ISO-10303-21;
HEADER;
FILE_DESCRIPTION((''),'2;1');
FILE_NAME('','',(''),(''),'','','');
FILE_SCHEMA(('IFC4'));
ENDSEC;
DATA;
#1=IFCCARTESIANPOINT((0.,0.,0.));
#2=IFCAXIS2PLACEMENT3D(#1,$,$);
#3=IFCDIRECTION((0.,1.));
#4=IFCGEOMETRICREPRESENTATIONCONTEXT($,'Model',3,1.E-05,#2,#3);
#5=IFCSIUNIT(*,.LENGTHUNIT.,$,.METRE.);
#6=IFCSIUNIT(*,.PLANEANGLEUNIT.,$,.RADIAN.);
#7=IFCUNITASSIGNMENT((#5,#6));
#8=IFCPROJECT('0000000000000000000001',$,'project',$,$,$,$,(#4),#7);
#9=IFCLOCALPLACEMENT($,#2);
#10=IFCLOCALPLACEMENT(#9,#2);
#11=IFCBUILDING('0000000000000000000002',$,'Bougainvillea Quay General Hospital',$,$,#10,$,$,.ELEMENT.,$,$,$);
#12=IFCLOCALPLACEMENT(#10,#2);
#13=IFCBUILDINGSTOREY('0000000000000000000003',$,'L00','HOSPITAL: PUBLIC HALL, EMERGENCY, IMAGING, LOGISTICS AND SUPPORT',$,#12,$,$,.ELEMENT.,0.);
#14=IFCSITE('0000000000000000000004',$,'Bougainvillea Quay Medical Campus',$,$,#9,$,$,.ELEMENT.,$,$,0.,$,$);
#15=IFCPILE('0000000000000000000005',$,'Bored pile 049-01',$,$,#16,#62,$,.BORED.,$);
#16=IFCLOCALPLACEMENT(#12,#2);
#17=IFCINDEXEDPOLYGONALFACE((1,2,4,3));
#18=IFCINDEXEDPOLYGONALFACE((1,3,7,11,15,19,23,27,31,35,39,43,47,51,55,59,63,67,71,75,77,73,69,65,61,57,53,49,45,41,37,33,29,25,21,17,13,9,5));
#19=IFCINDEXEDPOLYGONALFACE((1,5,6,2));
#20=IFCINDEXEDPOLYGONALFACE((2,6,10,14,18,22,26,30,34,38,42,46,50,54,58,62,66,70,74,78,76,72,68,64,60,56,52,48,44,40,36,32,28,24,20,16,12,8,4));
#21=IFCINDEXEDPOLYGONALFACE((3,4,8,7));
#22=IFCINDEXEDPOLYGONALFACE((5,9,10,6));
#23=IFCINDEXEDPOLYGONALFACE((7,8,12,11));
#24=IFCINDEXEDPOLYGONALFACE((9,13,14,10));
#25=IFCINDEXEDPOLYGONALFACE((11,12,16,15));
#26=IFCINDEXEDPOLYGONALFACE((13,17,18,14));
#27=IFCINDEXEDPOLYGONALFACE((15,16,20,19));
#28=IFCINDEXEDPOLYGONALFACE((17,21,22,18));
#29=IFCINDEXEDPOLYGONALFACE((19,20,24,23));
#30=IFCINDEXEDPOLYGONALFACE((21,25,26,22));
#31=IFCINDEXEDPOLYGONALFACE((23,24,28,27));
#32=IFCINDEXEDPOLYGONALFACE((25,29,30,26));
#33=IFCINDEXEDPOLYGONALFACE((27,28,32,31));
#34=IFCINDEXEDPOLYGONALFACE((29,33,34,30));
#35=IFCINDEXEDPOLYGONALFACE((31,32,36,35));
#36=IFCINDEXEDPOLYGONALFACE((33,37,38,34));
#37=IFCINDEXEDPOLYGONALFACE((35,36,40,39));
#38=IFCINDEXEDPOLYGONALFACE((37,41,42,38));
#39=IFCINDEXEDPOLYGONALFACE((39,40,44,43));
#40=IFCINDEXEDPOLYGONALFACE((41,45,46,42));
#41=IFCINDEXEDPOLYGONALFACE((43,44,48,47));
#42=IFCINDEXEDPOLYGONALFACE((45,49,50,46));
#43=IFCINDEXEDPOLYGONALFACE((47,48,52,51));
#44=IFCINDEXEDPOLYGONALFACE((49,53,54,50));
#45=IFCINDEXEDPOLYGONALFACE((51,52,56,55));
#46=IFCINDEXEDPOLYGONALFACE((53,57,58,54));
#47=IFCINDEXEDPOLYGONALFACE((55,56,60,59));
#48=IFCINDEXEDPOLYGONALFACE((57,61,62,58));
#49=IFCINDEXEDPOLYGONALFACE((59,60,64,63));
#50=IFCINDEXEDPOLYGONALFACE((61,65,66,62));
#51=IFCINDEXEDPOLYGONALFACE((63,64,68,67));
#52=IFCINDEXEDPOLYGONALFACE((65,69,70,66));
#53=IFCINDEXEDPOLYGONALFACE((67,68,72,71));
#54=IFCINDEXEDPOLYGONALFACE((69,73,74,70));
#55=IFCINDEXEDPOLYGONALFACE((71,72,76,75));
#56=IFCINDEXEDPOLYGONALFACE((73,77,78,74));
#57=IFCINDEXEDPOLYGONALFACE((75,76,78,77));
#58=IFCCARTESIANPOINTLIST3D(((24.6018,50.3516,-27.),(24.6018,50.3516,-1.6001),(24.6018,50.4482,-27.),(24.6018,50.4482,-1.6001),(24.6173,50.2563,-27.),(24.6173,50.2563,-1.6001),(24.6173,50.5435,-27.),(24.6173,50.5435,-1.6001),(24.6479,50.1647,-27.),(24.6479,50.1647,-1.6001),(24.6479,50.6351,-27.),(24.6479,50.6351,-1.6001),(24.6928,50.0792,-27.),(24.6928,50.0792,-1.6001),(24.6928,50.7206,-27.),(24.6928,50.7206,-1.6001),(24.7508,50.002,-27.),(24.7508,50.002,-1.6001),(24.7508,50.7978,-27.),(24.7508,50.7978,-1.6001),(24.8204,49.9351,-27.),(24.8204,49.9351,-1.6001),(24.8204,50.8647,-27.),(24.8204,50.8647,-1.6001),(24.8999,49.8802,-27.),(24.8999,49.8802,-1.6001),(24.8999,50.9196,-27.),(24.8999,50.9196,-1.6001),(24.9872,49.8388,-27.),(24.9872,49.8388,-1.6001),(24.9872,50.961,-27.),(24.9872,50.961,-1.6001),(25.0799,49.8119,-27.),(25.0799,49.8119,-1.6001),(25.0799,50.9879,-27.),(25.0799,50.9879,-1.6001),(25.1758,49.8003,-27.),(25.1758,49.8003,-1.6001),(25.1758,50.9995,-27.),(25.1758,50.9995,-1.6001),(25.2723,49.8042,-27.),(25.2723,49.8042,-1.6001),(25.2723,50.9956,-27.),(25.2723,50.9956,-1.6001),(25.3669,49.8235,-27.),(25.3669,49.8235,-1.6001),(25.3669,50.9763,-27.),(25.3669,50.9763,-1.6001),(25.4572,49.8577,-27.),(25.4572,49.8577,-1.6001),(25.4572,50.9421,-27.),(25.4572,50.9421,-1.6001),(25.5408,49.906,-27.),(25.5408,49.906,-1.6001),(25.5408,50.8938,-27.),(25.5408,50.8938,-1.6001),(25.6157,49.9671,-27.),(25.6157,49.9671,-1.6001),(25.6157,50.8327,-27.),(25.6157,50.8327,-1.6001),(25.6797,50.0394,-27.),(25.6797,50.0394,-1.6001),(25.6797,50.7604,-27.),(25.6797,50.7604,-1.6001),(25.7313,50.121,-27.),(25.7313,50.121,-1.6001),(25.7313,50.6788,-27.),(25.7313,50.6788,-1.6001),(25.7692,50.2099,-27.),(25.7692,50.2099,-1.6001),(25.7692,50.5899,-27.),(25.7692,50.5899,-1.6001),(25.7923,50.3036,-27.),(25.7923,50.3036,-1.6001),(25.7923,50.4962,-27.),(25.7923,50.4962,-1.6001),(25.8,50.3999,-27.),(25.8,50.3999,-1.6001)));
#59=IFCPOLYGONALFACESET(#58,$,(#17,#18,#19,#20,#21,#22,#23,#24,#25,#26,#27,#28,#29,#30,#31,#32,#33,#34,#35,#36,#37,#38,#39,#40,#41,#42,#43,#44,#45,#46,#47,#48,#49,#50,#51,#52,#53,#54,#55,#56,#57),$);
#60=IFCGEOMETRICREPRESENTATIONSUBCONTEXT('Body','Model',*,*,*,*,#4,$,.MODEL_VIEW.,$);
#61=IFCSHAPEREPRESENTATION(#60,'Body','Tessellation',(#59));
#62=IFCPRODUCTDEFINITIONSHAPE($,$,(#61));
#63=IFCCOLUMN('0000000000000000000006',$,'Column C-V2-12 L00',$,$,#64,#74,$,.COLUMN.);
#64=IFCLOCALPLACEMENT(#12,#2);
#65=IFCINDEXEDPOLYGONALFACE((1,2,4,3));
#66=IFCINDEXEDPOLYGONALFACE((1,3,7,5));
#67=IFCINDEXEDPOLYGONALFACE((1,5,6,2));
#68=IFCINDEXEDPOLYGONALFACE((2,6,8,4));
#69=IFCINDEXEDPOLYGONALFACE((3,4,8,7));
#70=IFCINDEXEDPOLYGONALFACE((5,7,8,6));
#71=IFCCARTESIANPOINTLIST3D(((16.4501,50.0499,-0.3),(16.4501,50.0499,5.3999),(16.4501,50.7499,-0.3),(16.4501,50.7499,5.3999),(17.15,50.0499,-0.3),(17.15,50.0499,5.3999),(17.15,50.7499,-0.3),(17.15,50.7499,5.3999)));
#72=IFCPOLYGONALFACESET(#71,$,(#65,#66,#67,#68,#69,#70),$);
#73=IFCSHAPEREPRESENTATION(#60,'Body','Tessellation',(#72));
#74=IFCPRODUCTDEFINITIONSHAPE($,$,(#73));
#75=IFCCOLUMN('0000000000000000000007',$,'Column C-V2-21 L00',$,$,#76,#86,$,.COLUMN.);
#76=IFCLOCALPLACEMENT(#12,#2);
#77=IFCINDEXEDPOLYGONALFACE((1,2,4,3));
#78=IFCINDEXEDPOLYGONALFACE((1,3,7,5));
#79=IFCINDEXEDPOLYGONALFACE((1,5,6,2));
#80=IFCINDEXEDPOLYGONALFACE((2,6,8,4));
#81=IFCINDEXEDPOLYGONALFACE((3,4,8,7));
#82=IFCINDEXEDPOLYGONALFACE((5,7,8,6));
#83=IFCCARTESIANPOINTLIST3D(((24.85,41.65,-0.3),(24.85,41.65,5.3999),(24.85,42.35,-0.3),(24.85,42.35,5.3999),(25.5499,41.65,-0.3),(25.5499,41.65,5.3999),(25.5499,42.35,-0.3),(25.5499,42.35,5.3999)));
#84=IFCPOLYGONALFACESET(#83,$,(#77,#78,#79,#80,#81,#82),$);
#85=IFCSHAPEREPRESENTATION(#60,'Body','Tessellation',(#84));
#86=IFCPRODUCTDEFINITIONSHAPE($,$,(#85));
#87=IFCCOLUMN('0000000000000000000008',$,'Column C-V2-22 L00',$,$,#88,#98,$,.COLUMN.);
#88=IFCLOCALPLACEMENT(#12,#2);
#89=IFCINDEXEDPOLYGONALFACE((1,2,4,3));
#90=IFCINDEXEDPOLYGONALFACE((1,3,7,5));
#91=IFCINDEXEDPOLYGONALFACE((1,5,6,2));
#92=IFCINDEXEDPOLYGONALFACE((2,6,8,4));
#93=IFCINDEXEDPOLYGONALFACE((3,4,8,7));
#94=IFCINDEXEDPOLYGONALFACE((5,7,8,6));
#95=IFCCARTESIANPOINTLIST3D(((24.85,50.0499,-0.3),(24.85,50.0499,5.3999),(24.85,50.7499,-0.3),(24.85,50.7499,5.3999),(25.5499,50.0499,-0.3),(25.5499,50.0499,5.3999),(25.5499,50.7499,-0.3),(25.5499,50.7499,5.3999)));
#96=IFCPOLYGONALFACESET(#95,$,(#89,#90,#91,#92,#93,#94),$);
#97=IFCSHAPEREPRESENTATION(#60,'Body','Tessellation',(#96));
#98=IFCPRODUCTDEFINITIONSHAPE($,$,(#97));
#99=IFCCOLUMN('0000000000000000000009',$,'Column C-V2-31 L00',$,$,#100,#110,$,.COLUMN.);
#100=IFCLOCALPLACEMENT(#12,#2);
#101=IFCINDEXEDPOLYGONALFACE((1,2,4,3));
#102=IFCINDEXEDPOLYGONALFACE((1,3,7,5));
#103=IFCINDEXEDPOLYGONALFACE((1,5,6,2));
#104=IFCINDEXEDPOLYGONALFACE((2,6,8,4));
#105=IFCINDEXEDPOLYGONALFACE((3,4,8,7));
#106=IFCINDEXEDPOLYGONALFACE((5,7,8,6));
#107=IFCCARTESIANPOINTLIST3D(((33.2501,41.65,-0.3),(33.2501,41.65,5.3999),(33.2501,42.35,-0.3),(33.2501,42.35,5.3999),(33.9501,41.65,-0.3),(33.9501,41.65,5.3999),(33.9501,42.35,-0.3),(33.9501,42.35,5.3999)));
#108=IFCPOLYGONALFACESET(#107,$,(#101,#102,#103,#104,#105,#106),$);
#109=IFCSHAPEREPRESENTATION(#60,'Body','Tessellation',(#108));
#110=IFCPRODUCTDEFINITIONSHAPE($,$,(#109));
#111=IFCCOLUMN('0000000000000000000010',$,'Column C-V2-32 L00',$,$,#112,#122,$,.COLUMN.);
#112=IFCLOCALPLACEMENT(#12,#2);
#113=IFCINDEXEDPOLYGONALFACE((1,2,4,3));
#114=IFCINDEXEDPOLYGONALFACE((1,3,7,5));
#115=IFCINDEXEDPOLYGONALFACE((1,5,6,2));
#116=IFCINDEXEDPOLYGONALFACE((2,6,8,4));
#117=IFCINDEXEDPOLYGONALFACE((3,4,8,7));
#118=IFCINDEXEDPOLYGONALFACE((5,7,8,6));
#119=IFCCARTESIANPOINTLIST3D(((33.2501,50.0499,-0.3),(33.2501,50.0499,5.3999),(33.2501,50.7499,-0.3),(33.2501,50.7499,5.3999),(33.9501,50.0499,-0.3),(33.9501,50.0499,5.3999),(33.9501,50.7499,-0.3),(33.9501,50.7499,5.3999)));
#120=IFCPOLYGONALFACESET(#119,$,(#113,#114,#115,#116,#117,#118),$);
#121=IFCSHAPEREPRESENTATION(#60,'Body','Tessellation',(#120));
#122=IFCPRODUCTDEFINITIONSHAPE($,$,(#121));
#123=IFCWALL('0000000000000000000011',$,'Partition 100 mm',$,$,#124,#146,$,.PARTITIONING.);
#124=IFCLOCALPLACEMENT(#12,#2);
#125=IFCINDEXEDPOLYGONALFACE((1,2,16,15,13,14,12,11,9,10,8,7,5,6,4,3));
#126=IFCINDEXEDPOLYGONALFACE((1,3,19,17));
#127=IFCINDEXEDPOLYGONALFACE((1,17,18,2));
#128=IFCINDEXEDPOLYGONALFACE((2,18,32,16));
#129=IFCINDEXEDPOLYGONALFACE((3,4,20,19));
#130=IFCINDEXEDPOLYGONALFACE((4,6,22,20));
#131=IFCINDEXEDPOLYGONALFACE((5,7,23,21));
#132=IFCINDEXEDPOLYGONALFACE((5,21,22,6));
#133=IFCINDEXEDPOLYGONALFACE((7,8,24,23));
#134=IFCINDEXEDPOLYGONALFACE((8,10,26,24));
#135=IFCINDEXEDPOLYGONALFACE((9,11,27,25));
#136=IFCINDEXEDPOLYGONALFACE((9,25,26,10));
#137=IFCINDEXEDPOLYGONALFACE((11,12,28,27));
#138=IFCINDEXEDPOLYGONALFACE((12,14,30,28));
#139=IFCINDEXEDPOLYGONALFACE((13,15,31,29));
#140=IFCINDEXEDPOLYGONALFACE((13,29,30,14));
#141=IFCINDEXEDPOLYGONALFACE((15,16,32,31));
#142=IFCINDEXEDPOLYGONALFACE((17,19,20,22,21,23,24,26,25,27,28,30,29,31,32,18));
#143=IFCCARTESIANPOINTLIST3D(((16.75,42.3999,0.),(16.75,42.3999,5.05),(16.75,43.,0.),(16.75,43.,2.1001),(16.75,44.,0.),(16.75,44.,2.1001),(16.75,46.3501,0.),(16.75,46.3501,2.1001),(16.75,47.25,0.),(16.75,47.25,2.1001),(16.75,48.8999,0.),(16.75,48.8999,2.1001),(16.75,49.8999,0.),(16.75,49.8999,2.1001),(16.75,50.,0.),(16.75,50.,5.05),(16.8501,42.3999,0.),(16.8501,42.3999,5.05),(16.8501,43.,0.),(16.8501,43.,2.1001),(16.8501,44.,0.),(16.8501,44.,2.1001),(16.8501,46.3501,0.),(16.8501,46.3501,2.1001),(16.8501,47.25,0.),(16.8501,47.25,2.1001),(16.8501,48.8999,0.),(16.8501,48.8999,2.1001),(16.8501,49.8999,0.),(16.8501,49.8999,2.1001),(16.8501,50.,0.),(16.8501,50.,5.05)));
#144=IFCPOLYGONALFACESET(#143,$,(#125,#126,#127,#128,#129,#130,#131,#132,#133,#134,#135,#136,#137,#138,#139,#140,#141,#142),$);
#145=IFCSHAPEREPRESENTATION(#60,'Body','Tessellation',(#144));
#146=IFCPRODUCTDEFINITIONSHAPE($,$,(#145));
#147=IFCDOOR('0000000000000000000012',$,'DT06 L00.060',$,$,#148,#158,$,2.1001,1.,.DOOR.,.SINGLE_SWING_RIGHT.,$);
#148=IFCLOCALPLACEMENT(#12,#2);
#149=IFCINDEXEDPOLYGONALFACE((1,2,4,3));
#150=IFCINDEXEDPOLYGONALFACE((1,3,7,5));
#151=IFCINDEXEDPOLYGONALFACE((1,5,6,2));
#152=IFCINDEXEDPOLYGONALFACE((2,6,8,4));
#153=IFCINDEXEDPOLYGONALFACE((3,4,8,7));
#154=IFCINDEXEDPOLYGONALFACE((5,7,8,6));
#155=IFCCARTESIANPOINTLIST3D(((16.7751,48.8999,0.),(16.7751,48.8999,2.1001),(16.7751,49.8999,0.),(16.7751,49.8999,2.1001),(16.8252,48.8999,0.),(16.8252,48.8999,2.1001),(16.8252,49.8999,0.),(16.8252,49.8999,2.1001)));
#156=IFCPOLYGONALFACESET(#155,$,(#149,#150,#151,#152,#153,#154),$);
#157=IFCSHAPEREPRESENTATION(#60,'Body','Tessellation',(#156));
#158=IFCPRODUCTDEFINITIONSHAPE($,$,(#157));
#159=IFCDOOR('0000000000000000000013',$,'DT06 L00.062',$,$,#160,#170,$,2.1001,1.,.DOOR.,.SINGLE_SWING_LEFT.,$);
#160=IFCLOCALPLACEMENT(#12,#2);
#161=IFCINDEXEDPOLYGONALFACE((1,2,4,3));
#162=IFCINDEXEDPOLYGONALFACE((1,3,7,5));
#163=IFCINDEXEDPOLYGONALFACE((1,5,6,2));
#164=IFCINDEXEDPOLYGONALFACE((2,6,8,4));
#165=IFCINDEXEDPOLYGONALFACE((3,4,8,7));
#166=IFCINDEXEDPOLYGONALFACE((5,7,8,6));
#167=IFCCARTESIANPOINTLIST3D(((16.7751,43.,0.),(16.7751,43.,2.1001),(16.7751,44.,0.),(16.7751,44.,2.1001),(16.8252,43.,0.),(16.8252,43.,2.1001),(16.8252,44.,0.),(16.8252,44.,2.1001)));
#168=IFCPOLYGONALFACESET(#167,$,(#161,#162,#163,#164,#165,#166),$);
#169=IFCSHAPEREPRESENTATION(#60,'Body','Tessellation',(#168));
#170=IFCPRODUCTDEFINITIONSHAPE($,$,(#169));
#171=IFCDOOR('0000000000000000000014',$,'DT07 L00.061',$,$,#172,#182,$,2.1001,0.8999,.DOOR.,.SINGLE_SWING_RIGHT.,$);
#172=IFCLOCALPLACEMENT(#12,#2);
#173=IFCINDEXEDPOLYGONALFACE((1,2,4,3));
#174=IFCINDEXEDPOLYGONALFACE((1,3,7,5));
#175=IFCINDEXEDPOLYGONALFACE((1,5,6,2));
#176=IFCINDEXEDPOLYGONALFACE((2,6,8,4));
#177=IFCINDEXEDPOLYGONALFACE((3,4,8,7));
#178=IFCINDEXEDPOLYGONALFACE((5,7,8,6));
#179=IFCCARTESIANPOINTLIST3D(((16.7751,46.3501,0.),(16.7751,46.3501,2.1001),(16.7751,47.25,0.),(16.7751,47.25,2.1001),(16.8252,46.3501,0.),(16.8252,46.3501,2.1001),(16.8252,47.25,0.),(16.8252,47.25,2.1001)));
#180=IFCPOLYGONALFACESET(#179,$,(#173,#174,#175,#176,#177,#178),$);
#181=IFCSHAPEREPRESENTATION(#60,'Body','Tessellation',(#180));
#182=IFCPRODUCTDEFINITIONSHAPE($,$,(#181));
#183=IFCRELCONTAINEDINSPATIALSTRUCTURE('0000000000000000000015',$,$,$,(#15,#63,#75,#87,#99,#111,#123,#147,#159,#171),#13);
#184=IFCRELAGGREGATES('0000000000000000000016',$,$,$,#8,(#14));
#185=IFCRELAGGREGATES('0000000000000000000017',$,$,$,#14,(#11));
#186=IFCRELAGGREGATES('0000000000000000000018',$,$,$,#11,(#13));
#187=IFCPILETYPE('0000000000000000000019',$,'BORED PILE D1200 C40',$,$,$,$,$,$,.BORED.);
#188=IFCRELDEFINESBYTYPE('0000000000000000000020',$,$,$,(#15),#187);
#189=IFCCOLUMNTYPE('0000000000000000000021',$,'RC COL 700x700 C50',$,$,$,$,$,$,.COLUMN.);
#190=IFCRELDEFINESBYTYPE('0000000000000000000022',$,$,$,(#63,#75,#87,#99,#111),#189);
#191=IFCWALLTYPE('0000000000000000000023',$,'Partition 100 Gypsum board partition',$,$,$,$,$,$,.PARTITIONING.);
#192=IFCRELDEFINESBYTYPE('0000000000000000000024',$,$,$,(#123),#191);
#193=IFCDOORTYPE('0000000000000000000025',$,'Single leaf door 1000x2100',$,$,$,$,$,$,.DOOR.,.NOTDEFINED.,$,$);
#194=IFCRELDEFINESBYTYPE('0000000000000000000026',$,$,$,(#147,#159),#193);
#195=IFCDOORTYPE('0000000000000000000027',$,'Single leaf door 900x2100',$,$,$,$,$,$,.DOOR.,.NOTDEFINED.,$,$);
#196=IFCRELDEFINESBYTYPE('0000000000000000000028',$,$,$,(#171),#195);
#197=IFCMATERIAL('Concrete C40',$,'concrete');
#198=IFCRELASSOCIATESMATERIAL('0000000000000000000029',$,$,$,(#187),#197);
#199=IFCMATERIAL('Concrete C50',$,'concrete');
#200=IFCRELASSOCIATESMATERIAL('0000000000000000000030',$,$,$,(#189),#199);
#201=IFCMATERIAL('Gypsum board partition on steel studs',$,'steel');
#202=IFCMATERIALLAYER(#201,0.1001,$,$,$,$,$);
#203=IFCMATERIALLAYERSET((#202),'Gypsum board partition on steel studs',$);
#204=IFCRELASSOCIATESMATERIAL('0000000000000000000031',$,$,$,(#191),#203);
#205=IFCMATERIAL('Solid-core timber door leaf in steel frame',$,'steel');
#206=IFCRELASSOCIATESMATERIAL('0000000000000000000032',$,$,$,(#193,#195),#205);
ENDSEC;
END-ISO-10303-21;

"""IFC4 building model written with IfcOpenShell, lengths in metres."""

from ifc_helpers import new_model, si_unit, direction, frame, frame_2d, origin, origin_2d, place, context, subcontext, project, spatial, rectangle, circle, extrude, material, layer, layer_set, material_profile, profile_set, type_object, element, fill, save


model = new_model("IFC4")

# Units and contexts
model_context = context("Model", 3, precision=1e-05, world=origin(), true_north=direction((0.0, 1.0)))
body_context = subcontext(model_context, "Body", "Model", "MODEL_VIEW")
ifc_project = project(units=[si_unit("LENGTHUNIT", "METRE"), si_unit("PLANEANGLEUNIT", "RADIAN")], contexts=[model_context])

# Site, building, storey
site_placement = place(None, origin())
site = spatial("IfcSite", under=ifc_project, at=site_placement, Name="Bougainvillea Quay Medical Campus", CompositionType="ELEMENT", RefElevation=0.0)
building_placement = place(site_placement, origin())
building = spatial("IfcBuilding", under=site, at=building_placement, Name="Bougainvillea Quay General Hospital", CompositionType="ELEMENT")
storey_placement = place(building_placement, origin())
storey = spatial("IfcBuildingStorey", under=building, at=storey_placement, Name="L00", Description="HOSPITAL: PUBLIC HALL, EMERGENCY, IMAGING, LOGISTICS AND SUPPORT", CompositionType="ELEMENT", Elevation=0.0)

# Pile
ifc_material_1 = material(Name="Concrete C40", Category="concrete")
ifc_material_profile_1 = material_profile(ifc_material_1, circle(Radius=0.6001, at=origin_2d()))
ifc_profile_set_1 = profile_set([ifc_material_profile_1], Name="Concrete C40")
pile_type = type_object("IfcPileType", Name="BORED PILE D1200 C40", PredefinedType="BORED", material=ifc_profile_set_1)
for number, where, z_axis, x_axis, name in (
    (1, (25.2, 50.3999, -1.6001), (0.0, 0.0, -1.0), (1.0, 0.0, 0.0), "Bored pile 049-01"),
):
    element("IfcPile", number, at=place(storey_placement, frame(where, z_axis=z_axis, x_axis=x_axis)), inside=storey, type_object=pile_type, Name=name, PredefinedType="BORED", context=body_context, shape_type="SweptSolid", body=[
        extrude(circle(Radius=0.6001, at=origin_2d()), origin(), (0.0, 0.0, 1.0), 25.3999),
    ])

# Columns
ifc_material_2 = material(Name="Concrete C50", Category="concrete")
ifc_material_profile_2 = material_profile(ifc_material_2, rectangle(XDim=0.7, YDim=0.7, at=origin_2d()))
ifc_profile_set_2 = profile_set([ifc_material_profile_2], Name="Concrete C50")
column_type = type_object("IfcColumnType", Name="RC COL 700x700 C50", PredefinedType="COLUMN", material=ifc_profile_set_2)
for number, where, z_axis, x_axis, name in (
    (2, (16.8, 50.3999, -0.3), (0.0, 0.0, 1.0), (1.0, 0.0, 0.0), "Column C-V2-12 L00"),
    (3, (25.2, 42.0, -0.3), (0.0, 0.0, 1.0), (1.0, 0.0, 0.0), "Column C-V2-21 L00"),
    (4, (25.2, 50.3999, -0.3), (0.0, 0.0, 1.0), (1.0, 0.0, 0.0), "Column C-V2-22 L00"),
    (5, (33.6001, 42.0, -0.3), (0.0, 0.0, 1.0), (1.0, 0.0, 0.0), "Column C-V2-31 L00"),
    (6, (33.6001, 50.3999, -0.3), (0.0, 0.0, 1.0), (1.0, 0.0, 0.0), "Column C-V2-32 L00"),
):
    element("IfcColumn", number, at=place(storey_placement, frame(where, z_axis=z_axis, x_axis=x_axis)), inside=storey, type_object=column_type, Name=name, PredefinedType="COLUMN", context=body_context, shape_type="SweptSolid", body=[
        extrude(rectangle(XDim=0.7, YDim=0.7, at=origin_2d()), origin(), (0.0, 0.0, 1.0), 5.7),
    ])

# Wall, openings, doors
ifc_material_3 = material(Name="Gypsum board partition on steel studs", Category="steel")
ifc_layer = layer(ifc_material_3, 0.1001)
ifc_layer_set = layer_set([ifc_layer], Name="Gypsum board partition on steel studs")
wall_type = type_object("IfcWallType", Name="Partition 100 Gypsum board partition", PredefinedType="PARTITIONING", material=ifc_layer_set)
wall_1_placement = place(storey_placement, frame((16.8, 50.0, 0.0), z_axis=(0.0, 0.0, 1.0), x_axis=(0.0, -1.0, 0.0)))
wall_1 = element("IfcWall", 7, at=wall_1_placement, inside=storey, type_object=wall_type, Name="Partition 100 mm", PredefinedType="PARTITIONING", context=body_context, shape_type="SweptSolid", body=[
    extrude(rectangle(XDim=7.6001, YDim=0.1001, at=frame_2d((3.8, 0.0))), origin(), (0.0, 0.0, 1.0), 5.05),
])
opening_1_placement = place(wall_1_placement, frame((0.1001, 0.0, 0.0)))
opening_1 = element("IfcOpeningElement", 8, at=opening_1_placement, cuts=wall_1, PredefinedType="OPENING", context=body_context, shape_type="SweptSolid", body=[
    extrude(rectangle(XDim=1.0, YDim=2.1001, at=frame_2d((0.5, 1.05))), frame((0.0, 0.0601, 0.0), z_axis=(0.0, -1.0, 0.0), x_axis=(1.0, 0.0, 0.0)), (0.0, 0.0, 1.0), 0.1201),
])
opening_2_placement = place(wall_1_placement, frame((2.75, 0.0, 0.0)))
opening_2 = element("IfcOpeningElement", 9, at=opening_2_placement, cuts=wall_1, PredefinedType="OPENING", context=body_context, shape_type="SweptSolid", body=[
    extrude(rectangle(XDim=0.8999, YDim=2.1001, at=frame_2d((0.45, 1.05))), frame((0.0, 0.0601, 0.0), z_axis=(0.0, -1.0, 0.0), x_axis=(1.0, 0.0, 0.0)), (0.0, 0.0, 1.0), 0.1201),
])
opening_3_placement = place(wall_1_placement, frame((6.0, 0.0, 0.0)))
opening_3 = element("IfcOpeningElement", 10, at=opening_3_placement, cuts=wall_1, PredefinedType="OPENING", context=body_context, shape_type="SweptSolid", body=[
    extrude(rectangle(XDim=1.0, YDim=2.1001, at=frame_2d((0.5, 1.05))), frame((0.0, 0.0601, 0.0), z_axis=(0.0, -1.0, 0.0), x_axis=(1.0, 0.0, 0.0)), (0.0, 0.0, 1.0), 0.1201),
])
ifc_material_4 = material(Name="Solid-core timber door leaf in steel frame", Category="steel")
door_type_1 = type_object("IfcDoorType", Name="Single leaf door 1000x2100", OperationType="NOTDEFINED", PredefinedType="DOOR", material=ifc_material_4)
door_1_placement = place(opening_1_placement, frame((1.0, 0.0, 0.0), z_axis=(0.0, 0.0, 1.0), x_axis=(-1.0, 0.0, 0.0)))
door_1 = element("IfcDoor", 11, at=door_1_placement, inside=storey, type_object=door_type_1, Name="DT06 L00.060", OperationType="SINGLE_SWING_RIGHT", OverallHeight=2.1001, OverallWidth=1.0, PredefinedType="DOOR", context=body_context, shape_type="SweptSolid", body=[
    extrude(rectangle(XDim=1.0, YDim=2.1001, at=frame_2d((0.5, 1.05))), frame((0.0, 0.0249, 0.0), z_axis=(0.0, -1.0, 0.0), x_axis=(1.0, 0.0, 0.0)), (0.0, 0.0, 1.0), 0.05),
])
fill(opening_1, door_1)
door_2_placement = place(opening_3_placement, frame((1.0, 0.0, 0.0), z_axis=(0.0, 0.0, 1.0), x_axis=(-1.0, 0.0, 0.0)))
door_2 = element("IfcDoor", 12, at=door_2_placement, inside=storey, type_object=door_type_1, Name="DT06 L00.062", OperationType="SINGLE_SWING_LEFT", OverallHeight=2.1001, OverallWidth=1.0, PredefinedType="DOOR", context=body_context, shape_type="SweptSolid", body=[
    extrude(rectangle(XDim=1.0, YDim=2.1001, at=frame_2d((0.5, 1.05))), frame((0.0, 0.0249, 0.0), z_axis=(0.0, -1.0, 0.0), x_axis=(1.0, 0.0, 0.0)), (0.0, 0.0, 1.0), 0.05),
])
fill(opening_3, door_2)
door_type_2 = type_object("IfcDoorType", Name="Single leaf door 900x2100", OperationType="NOTDEFINED", PredefinedType="DOOR", material=ifc_material_4)
door_3_placement = place(opening_2_placement, frame((0.8999, 0.0, 0.0), z_axis=(0.0, 0.0, 1.0), x_axis=(-1.0, 0.0, 0.0)))
door_3 = element("IfcDoor", 13, at=door_3_placement, inside=storey, type_object=door_type_2, Name="DT07 L00.061", OperationType="SINGLE_SWING_RIGHT", OverallHeight=2.1001, OverallWidth=0.8999, PredefinedType="DOOR", context=body_context, shape_type="SweptSolid", body=[
    extrude(rectangle(XDim=0.8999, YDim=2.1001, at=frame_2d((0.45, 1.05))), frame((0.0, 0.0249, 0.0), z_axis=(0.0, -1.0, 0.0), x_axis=(1.0, 0.0, 0.0)), (0.0, 0.0, 1.0), 0.05),
])
fill(opening_2, door_3)

save(model, "model.ifc")
